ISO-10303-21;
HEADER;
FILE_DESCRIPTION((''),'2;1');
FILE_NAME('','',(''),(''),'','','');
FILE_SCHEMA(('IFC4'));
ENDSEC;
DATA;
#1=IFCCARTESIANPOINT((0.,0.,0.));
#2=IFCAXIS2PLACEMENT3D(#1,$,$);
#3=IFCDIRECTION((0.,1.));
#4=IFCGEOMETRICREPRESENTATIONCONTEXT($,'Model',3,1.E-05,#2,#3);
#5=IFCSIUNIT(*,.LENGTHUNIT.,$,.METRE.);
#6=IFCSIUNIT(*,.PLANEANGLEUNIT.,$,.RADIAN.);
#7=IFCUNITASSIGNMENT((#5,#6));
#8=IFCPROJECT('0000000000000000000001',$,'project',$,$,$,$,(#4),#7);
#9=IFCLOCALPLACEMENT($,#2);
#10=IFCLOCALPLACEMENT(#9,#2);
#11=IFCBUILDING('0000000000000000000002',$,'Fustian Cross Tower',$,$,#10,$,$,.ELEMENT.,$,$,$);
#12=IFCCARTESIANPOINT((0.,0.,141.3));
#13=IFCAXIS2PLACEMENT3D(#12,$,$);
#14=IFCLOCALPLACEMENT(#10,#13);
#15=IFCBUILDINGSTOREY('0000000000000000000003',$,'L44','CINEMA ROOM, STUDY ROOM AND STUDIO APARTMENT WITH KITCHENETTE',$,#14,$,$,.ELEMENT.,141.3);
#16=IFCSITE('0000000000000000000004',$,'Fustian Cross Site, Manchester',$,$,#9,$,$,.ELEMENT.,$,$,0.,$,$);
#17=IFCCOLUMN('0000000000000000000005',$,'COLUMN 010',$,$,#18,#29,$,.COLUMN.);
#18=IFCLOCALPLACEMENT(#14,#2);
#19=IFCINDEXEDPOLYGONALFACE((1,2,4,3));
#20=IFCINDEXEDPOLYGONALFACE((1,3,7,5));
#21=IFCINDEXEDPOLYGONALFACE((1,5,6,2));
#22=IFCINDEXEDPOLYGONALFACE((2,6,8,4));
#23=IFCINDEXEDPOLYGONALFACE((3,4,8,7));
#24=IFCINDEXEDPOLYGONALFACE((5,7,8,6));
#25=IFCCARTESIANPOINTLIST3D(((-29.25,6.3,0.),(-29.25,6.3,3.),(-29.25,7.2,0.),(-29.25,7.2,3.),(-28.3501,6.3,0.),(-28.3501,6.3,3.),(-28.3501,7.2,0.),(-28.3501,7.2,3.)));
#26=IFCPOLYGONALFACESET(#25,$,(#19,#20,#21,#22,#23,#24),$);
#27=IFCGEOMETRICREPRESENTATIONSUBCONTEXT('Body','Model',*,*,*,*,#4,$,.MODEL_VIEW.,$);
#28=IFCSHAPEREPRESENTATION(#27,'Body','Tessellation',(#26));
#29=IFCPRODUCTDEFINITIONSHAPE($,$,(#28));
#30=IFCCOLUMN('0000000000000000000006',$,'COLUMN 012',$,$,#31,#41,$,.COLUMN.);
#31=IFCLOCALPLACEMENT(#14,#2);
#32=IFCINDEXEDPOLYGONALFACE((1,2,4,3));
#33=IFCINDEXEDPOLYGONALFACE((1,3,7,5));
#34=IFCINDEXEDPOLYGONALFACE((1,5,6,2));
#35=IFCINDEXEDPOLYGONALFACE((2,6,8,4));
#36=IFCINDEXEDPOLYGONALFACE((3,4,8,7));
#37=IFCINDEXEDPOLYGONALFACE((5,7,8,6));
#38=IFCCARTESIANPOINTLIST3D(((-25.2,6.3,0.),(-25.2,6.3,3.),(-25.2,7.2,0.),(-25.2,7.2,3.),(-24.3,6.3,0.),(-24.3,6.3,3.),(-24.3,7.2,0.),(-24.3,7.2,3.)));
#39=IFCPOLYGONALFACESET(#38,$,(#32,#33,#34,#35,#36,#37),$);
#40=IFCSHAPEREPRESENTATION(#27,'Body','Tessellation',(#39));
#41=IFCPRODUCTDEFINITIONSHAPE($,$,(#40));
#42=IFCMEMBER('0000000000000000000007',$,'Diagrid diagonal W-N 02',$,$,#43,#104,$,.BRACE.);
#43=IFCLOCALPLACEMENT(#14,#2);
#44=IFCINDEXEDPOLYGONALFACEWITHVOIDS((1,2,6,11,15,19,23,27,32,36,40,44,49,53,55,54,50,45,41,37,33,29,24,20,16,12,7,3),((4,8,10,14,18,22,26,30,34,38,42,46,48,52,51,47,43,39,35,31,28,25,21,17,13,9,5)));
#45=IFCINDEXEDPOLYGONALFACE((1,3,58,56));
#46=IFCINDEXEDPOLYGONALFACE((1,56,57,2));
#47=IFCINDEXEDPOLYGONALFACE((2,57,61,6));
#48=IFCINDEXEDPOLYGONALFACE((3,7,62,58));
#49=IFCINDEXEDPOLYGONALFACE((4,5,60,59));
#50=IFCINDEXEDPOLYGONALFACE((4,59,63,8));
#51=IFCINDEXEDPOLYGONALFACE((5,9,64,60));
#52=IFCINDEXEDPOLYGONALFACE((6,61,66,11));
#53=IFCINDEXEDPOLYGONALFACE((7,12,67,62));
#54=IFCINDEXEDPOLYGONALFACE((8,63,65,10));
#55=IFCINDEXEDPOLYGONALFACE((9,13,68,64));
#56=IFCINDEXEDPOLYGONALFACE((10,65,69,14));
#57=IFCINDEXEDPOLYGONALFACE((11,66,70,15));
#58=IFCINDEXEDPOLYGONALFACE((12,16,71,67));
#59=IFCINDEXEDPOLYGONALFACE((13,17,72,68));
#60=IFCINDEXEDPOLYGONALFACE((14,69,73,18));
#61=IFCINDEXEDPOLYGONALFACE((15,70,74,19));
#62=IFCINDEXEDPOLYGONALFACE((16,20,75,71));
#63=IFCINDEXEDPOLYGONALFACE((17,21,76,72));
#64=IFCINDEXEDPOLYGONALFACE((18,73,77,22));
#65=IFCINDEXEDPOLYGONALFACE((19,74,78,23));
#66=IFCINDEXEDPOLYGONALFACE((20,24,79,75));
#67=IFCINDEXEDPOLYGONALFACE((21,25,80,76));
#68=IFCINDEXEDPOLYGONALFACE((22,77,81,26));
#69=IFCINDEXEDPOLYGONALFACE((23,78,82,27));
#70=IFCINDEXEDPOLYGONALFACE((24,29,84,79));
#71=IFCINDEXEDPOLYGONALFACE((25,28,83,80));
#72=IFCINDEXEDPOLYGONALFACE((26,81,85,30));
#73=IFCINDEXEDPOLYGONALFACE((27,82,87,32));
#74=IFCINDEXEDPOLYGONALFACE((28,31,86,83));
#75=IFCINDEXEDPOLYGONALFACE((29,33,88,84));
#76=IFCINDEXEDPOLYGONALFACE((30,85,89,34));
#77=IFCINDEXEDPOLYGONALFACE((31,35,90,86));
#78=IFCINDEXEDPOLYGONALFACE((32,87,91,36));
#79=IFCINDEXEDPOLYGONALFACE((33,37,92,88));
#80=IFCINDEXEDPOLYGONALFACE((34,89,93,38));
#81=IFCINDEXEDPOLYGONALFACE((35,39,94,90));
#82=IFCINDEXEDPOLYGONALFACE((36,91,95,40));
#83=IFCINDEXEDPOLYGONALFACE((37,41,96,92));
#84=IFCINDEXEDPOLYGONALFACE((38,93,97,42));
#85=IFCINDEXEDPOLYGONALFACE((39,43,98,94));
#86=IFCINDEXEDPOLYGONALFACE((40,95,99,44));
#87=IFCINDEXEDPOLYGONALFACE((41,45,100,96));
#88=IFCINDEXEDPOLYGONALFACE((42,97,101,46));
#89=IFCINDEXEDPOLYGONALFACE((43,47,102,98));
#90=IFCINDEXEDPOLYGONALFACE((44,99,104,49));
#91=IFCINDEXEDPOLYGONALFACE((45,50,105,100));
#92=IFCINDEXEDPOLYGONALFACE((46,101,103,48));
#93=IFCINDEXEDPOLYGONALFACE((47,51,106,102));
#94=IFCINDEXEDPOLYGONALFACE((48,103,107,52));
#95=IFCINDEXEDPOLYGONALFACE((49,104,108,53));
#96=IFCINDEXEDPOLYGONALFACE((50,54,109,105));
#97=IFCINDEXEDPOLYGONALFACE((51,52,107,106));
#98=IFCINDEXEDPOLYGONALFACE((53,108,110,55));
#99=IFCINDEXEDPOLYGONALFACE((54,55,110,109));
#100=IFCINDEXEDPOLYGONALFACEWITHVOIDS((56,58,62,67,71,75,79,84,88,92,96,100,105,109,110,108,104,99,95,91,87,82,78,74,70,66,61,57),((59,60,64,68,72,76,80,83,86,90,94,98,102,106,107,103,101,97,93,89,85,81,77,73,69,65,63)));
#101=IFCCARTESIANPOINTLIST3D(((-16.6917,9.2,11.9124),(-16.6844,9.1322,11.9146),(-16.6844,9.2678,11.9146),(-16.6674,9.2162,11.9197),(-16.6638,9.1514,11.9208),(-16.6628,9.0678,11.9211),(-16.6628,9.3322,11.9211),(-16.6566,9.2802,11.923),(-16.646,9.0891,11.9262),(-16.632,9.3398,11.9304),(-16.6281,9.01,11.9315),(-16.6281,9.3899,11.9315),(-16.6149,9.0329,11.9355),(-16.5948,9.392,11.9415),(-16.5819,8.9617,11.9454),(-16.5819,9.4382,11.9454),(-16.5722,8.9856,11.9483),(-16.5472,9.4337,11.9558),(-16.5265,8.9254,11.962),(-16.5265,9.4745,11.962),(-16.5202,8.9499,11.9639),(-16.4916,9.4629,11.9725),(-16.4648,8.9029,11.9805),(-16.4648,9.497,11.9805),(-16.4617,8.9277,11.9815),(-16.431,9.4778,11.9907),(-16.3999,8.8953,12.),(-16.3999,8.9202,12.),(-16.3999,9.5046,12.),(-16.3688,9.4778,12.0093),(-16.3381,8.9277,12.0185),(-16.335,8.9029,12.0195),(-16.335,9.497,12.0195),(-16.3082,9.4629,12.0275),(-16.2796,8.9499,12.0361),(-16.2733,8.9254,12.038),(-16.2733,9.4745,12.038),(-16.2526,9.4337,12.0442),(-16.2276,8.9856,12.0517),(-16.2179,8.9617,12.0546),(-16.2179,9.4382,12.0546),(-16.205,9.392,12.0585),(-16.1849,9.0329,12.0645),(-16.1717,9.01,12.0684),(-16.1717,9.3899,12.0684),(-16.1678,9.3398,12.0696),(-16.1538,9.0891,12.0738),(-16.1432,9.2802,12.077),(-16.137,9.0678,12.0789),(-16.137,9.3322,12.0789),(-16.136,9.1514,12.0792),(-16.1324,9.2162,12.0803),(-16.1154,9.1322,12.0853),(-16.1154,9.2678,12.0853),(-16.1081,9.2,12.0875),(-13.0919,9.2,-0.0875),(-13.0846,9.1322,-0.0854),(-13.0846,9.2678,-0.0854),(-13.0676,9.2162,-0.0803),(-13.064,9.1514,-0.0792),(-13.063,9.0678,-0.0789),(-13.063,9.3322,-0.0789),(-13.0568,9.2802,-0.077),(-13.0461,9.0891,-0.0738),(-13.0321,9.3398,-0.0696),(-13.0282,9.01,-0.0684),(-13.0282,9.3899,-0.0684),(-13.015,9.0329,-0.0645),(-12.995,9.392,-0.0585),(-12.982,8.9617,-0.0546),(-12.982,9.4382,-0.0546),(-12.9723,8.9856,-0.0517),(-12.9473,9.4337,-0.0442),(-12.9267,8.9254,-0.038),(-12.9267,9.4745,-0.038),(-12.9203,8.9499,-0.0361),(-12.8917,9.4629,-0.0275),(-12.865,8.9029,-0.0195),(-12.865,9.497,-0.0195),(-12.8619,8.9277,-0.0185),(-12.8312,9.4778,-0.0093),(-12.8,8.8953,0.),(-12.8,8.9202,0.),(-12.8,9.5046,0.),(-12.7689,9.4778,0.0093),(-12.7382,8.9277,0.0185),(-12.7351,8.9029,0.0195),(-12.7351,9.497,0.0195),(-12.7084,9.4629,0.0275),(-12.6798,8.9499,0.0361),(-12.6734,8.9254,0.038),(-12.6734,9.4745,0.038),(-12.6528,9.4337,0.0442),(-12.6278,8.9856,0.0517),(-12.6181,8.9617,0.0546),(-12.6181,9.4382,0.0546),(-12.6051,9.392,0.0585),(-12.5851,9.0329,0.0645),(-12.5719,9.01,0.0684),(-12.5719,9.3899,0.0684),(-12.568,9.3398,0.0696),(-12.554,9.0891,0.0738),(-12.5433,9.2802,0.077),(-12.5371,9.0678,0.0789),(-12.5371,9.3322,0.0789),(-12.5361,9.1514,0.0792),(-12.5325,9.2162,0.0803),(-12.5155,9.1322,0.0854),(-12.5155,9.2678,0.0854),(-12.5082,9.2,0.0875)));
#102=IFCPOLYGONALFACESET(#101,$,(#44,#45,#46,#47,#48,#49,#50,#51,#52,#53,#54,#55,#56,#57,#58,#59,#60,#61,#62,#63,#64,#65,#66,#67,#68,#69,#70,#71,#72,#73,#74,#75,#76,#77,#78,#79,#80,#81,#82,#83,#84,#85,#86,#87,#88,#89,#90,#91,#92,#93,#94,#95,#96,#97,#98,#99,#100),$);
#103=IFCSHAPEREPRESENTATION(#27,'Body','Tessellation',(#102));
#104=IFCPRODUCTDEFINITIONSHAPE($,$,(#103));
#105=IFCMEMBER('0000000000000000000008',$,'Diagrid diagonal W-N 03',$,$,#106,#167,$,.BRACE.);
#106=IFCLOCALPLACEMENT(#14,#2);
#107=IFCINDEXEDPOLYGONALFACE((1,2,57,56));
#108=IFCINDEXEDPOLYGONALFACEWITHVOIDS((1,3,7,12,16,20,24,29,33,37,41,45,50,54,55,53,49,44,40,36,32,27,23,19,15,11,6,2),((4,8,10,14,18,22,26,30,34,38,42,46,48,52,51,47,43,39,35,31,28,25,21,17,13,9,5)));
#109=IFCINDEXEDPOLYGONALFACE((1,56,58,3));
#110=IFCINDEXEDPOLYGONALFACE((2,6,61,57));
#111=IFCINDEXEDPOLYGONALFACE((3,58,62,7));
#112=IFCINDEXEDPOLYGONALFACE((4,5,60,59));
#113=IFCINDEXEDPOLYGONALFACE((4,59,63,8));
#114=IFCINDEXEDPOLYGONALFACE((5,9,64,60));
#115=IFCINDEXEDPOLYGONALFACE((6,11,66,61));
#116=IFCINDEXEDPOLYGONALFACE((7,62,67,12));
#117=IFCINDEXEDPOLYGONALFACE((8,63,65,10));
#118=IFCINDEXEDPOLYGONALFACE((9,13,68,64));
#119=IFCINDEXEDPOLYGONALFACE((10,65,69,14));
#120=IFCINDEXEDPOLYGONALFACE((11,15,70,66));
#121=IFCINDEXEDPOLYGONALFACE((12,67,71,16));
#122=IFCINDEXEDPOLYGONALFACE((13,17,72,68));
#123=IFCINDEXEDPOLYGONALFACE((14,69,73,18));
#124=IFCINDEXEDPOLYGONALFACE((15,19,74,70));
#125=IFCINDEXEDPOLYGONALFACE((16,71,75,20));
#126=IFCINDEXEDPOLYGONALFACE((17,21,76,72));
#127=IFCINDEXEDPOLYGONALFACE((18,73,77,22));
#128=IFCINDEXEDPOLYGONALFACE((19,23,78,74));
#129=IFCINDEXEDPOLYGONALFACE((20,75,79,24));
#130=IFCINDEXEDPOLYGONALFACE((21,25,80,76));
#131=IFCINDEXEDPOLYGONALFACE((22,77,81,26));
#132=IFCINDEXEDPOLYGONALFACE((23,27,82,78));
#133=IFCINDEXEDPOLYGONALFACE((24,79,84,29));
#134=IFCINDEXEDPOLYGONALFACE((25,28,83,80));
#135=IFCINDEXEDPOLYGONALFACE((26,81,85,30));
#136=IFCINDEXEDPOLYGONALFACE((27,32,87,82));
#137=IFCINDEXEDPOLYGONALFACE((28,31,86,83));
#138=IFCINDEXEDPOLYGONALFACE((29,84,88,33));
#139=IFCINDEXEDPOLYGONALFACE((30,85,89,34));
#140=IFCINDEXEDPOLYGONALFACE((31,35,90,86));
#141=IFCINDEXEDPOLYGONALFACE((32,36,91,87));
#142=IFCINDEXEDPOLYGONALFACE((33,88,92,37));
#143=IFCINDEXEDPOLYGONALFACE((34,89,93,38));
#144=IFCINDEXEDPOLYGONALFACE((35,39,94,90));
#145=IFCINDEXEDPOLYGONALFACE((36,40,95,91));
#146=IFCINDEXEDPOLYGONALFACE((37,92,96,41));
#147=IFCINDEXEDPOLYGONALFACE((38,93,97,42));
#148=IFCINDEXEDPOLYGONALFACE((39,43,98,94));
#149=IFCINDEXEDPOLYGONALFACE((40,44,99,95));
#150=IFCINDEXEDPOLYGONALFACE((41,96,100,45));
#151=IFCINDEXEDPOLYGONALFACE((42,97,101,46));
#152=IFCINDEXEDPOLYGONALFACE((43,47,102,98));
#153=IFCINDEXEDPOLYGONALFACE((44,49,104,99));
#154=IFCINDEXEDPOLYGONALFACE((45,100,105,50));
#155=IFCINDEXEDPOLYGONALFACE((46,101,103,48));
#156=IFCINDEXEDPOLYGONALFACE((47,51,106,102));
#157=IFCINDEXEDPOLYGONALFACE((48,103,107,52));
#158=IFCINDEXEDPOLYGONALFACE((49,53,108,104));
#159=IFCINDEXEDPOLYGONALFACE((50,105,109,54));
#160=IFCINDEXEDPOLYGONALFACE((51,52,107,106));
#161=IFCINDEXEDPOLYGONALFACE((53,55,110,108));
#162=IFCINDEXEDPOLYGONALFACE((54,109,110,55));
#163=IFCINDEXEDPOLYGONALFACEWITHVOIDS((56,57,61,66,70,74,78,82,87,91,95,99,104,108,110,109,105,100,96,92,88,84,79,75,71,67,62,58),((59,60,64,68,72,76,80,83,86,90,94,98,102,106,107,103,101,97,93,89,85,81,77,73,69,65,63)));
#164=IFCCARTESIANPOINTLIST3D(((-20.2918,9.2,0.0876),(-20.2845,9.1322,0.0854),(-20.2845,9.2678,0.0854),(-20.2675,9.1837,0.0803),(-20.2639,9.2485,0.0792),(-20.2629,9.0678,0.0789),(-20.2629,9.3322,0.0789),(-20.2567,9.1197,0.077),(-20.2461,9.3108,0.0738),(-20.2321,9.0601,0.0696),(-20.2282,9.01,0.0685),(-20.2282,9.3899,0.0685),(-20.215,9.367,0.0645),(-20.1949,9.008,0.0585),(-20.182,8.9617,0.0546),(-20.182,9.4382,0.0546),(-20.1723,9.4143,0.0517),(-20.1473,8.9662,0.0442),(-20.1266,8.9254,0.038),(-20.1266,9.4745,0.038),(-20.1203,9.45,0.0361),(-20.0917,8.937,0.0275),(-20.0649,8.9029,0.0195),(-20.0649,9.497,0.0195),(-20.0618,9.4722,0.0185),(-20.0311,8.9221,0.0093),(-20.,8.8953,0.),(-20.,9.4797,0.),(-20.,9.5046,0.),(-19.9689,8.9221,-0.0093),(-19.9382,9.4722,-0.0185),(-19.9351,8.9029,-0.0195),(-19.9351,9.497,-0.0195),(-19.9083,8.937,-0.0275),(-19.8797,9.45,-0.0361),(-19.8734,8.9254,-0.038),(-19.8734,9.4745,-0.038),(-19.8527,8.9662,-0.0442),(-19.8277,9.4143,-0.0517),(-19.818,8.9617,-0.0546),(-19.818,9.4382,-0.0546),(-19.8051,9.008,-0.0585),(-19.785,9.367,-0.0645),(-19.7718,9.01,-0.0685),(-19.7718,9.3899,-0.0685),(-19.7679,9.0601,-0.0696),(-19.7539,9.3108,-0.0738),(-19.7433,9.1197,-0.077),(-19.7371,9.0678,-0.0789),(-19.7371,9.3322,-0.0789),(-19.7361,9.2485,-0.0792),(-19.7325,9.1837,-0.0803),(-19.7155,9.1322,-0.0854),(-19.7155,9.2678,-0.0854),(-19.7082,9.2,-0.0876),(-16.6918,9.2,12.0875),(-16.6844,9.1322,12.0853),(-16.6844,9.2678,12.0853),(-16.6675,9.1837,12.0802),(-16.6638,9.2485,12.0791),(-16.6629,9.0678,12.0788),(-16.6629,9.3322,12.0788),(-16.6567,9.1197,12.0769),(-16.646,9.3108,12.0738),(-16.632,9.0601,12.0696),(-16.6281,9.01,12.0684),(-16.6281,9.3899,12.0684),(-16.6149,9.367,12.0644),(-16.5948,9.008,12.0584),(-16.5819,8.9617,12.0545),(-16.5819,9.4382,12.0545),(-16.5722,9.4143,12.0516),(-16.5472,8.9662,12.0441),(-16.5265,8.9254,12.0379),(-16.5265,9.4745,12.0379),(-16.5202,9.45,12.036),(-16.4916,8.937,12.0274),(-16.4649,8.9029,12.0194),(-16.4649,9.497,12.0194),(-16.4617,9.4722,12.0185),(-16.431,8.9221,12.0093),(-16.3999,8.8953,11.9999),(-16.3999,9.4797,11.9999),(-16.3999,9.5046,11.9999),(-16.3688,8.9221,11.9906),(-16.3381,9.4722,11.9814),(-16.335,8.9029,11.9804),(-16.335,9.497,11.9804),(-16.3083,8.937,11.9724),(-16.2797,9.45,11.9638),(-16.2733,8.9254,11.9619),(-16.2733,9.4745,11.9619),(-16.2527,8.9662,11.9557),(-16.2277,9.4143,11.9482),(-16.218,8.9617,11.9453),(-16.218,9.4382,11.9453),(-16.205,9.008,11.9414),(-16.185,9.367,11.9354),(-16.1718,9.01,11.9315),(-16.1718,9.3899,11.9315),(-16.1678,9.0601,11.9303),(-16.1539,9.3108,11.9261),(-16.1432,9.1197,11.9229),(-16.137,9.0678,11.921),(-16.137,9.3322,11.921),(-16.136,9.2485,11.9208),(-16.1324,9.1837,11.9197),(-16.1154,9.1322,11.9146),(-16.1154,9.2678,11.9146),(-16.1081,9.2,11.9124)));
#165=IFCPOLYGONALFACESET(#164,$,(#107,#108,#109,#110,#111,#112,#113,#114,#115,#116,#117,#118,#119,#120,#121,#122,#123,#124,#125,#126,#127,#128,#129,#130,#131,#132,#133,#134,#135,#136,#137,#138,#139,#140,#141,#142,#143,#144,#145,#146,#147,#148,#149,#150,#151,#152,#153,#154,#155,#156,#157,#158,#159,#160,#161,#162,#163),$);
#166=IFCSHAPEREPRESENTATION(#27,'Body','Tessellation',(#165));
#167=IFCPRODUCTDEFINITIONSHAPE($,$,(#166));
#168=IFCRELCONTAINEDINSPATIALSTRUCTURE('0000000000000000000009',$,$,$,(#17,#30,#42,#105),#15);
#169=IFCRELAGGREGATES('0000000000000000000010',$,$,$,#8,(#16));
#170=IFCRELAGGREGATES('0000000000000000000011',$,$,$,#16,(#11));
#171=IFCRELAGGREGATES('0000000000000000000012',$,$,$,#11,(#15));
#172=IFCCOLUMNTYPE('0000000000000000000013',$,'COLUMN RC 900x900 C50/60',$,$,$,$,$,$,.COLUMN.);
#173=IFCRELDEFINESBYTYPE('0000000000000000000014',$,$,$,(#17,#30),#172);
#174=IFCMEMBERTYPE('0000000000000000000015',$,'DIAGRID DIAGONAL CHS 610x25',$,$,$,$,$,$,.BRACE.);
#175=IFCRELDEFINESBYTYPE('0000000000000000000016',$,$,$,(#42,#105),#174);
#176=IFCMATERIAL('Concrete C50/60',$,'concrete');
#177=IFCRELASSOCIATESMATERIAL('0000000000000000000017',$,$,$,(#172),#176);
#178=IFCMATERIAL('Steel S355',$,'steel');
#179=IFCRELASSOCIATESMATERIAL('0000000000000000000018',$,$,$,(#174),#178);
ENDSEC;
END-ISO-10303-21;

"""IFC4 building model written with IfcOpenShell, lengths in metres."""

from ifc_helpers import new_model, si_unit, direction, frame, origin, origin_2d, place, context, subcontext, project, spatial, rectangle, hollow_circle, extrude, material, material_profile, profile_set, type_object, element, save


model = new_model("IFC4")

# Units and contexts
model_context = context("Model", 3, precision=1e-05, world=origin(), true_north=direction((0.0, 1.0)))
body_context = subcontext(model_context, "Body", "Model", "MODEL_VIEW")
ifc_project = project(units=[si_unit("LENGTHUNIT", "METRE"), si_unit("PLANEANGLEUNIT", "RADIAN")], contexts=[model_context])

# Site, building, storey
site_placement = place(None, origin())
site = spatial("IfcSite", under=ifc_project, at=site_placement, Name="Fustian Cross Site, Manchester", CompositionType="ELEMENT", RefElevation=0.0)
building_placement = place(site_placement, origin())
building = spatial("IfcBuilding", under=site, at=building_placement, Name="Fustian Cross Tower", CompositionType="ELEMENT")
storey_placement = place(building_placement, frame((0.0, 0.0, 141.3)))
storey = spatial("IfcBuildingStorey", under=building, at=storey_placement, Name="L44", Description="CINEMA ROOM, STUDY ROOM AND STUDIO APARTMENT WITH KITCHENETTE", CompositionType="ELEMENT", Elevation=141.3)

# Columns
ifc_material_1 = material(Name="Concrete C50/60", Category="concrete")
ifc_material_profile_1 = material_profile(ifc_material_1, rectangle(XDim=0.8999, YDim=0.8999, at=origin_2d()), Name="RC 900x900")
ifc_profile_set_1 = profile_set([ifc_material_profile_1], Name="Concrete C50/60")
column_type = type_object("IfcColumnType", Name="COLUMN RC 900x900 C50/60", PredefinedType="COLUMN", material=ifc_profile_set_1)
for number, where, z_axis, x_axis, name in (
    (1, (-28.8, 6.75, 0.0), (0.0, 0.0, 1.0), (1.0, 0.0, 0.0), "COLUMN 010"),
    (2, (-24.75, 6.75, 0.0), (0.0, 0.0, 1.0), (1.0, 0.0, 0.0), "COLUMN 012"),
):
    element("IfcColumn", number, at=place(storey_placement, frame(where, z_axis=z_axis, x_axis=x_axis)), inside=storey, type_object=column_type, Name=name, PredefinedType="COLUMN", context=body_context, shape_type="SweptSolid", body=[
        extrude(rectangle(XDim=0.8999, YDim=0.8999, at=origin_2d()), origin(), (0.0, 0.0, 1.0), 3.0),
    ])

# Members
ifc_material_2 = material(Name="Steel S355", Category="steel")
ifc_material_profile_2 = material_profile(ifc_material_2, hollow_circle(Radius=0.3047, WallThickness=0.0249, at=origin_2d()), Name="CHS 610x25")
ifc_profile_set_2 = profile_set([ifc_material_profile_2], Name="Steel S355")
member_type_1 = type_object("IfcMemberType", Name="DIAGRID DIAGONAL CHS 610x25", PredefinedType="BRACE", material=ifc_profile_set_2)
for number, where, z_axis, x_axis, name in (
    (3, (-12.8, 9.2, 0.0), (-0.287337, 0.0, 0.95783), (0.0, -1.0, 0.0), "Diagrid diagonal W-N 02"),
    (4, (-20.0, 9.2, 0.0), (0.287355, 0.0, 0.957824), (0.0, 1.0, 0.0), "Diagrid diagonal W-N 03"),
):
    element("IfcMember", number, at=place(storey_placement, frame(where, z_axis=z_axis, x_axis=x_axis)), inside=storey, type_object=member_type_1, Name=name, PredefinedType="BRACE", context=body_context, shape_type="SweptSolid", body=[
        extrude(hollow_circle(Radius=0.3047, WallThickness=0.0249, at=origin_2d()), origin(), (0.0, 0.0, 1.0), 12.5283),
    ])

save(model, "model.ifc")
